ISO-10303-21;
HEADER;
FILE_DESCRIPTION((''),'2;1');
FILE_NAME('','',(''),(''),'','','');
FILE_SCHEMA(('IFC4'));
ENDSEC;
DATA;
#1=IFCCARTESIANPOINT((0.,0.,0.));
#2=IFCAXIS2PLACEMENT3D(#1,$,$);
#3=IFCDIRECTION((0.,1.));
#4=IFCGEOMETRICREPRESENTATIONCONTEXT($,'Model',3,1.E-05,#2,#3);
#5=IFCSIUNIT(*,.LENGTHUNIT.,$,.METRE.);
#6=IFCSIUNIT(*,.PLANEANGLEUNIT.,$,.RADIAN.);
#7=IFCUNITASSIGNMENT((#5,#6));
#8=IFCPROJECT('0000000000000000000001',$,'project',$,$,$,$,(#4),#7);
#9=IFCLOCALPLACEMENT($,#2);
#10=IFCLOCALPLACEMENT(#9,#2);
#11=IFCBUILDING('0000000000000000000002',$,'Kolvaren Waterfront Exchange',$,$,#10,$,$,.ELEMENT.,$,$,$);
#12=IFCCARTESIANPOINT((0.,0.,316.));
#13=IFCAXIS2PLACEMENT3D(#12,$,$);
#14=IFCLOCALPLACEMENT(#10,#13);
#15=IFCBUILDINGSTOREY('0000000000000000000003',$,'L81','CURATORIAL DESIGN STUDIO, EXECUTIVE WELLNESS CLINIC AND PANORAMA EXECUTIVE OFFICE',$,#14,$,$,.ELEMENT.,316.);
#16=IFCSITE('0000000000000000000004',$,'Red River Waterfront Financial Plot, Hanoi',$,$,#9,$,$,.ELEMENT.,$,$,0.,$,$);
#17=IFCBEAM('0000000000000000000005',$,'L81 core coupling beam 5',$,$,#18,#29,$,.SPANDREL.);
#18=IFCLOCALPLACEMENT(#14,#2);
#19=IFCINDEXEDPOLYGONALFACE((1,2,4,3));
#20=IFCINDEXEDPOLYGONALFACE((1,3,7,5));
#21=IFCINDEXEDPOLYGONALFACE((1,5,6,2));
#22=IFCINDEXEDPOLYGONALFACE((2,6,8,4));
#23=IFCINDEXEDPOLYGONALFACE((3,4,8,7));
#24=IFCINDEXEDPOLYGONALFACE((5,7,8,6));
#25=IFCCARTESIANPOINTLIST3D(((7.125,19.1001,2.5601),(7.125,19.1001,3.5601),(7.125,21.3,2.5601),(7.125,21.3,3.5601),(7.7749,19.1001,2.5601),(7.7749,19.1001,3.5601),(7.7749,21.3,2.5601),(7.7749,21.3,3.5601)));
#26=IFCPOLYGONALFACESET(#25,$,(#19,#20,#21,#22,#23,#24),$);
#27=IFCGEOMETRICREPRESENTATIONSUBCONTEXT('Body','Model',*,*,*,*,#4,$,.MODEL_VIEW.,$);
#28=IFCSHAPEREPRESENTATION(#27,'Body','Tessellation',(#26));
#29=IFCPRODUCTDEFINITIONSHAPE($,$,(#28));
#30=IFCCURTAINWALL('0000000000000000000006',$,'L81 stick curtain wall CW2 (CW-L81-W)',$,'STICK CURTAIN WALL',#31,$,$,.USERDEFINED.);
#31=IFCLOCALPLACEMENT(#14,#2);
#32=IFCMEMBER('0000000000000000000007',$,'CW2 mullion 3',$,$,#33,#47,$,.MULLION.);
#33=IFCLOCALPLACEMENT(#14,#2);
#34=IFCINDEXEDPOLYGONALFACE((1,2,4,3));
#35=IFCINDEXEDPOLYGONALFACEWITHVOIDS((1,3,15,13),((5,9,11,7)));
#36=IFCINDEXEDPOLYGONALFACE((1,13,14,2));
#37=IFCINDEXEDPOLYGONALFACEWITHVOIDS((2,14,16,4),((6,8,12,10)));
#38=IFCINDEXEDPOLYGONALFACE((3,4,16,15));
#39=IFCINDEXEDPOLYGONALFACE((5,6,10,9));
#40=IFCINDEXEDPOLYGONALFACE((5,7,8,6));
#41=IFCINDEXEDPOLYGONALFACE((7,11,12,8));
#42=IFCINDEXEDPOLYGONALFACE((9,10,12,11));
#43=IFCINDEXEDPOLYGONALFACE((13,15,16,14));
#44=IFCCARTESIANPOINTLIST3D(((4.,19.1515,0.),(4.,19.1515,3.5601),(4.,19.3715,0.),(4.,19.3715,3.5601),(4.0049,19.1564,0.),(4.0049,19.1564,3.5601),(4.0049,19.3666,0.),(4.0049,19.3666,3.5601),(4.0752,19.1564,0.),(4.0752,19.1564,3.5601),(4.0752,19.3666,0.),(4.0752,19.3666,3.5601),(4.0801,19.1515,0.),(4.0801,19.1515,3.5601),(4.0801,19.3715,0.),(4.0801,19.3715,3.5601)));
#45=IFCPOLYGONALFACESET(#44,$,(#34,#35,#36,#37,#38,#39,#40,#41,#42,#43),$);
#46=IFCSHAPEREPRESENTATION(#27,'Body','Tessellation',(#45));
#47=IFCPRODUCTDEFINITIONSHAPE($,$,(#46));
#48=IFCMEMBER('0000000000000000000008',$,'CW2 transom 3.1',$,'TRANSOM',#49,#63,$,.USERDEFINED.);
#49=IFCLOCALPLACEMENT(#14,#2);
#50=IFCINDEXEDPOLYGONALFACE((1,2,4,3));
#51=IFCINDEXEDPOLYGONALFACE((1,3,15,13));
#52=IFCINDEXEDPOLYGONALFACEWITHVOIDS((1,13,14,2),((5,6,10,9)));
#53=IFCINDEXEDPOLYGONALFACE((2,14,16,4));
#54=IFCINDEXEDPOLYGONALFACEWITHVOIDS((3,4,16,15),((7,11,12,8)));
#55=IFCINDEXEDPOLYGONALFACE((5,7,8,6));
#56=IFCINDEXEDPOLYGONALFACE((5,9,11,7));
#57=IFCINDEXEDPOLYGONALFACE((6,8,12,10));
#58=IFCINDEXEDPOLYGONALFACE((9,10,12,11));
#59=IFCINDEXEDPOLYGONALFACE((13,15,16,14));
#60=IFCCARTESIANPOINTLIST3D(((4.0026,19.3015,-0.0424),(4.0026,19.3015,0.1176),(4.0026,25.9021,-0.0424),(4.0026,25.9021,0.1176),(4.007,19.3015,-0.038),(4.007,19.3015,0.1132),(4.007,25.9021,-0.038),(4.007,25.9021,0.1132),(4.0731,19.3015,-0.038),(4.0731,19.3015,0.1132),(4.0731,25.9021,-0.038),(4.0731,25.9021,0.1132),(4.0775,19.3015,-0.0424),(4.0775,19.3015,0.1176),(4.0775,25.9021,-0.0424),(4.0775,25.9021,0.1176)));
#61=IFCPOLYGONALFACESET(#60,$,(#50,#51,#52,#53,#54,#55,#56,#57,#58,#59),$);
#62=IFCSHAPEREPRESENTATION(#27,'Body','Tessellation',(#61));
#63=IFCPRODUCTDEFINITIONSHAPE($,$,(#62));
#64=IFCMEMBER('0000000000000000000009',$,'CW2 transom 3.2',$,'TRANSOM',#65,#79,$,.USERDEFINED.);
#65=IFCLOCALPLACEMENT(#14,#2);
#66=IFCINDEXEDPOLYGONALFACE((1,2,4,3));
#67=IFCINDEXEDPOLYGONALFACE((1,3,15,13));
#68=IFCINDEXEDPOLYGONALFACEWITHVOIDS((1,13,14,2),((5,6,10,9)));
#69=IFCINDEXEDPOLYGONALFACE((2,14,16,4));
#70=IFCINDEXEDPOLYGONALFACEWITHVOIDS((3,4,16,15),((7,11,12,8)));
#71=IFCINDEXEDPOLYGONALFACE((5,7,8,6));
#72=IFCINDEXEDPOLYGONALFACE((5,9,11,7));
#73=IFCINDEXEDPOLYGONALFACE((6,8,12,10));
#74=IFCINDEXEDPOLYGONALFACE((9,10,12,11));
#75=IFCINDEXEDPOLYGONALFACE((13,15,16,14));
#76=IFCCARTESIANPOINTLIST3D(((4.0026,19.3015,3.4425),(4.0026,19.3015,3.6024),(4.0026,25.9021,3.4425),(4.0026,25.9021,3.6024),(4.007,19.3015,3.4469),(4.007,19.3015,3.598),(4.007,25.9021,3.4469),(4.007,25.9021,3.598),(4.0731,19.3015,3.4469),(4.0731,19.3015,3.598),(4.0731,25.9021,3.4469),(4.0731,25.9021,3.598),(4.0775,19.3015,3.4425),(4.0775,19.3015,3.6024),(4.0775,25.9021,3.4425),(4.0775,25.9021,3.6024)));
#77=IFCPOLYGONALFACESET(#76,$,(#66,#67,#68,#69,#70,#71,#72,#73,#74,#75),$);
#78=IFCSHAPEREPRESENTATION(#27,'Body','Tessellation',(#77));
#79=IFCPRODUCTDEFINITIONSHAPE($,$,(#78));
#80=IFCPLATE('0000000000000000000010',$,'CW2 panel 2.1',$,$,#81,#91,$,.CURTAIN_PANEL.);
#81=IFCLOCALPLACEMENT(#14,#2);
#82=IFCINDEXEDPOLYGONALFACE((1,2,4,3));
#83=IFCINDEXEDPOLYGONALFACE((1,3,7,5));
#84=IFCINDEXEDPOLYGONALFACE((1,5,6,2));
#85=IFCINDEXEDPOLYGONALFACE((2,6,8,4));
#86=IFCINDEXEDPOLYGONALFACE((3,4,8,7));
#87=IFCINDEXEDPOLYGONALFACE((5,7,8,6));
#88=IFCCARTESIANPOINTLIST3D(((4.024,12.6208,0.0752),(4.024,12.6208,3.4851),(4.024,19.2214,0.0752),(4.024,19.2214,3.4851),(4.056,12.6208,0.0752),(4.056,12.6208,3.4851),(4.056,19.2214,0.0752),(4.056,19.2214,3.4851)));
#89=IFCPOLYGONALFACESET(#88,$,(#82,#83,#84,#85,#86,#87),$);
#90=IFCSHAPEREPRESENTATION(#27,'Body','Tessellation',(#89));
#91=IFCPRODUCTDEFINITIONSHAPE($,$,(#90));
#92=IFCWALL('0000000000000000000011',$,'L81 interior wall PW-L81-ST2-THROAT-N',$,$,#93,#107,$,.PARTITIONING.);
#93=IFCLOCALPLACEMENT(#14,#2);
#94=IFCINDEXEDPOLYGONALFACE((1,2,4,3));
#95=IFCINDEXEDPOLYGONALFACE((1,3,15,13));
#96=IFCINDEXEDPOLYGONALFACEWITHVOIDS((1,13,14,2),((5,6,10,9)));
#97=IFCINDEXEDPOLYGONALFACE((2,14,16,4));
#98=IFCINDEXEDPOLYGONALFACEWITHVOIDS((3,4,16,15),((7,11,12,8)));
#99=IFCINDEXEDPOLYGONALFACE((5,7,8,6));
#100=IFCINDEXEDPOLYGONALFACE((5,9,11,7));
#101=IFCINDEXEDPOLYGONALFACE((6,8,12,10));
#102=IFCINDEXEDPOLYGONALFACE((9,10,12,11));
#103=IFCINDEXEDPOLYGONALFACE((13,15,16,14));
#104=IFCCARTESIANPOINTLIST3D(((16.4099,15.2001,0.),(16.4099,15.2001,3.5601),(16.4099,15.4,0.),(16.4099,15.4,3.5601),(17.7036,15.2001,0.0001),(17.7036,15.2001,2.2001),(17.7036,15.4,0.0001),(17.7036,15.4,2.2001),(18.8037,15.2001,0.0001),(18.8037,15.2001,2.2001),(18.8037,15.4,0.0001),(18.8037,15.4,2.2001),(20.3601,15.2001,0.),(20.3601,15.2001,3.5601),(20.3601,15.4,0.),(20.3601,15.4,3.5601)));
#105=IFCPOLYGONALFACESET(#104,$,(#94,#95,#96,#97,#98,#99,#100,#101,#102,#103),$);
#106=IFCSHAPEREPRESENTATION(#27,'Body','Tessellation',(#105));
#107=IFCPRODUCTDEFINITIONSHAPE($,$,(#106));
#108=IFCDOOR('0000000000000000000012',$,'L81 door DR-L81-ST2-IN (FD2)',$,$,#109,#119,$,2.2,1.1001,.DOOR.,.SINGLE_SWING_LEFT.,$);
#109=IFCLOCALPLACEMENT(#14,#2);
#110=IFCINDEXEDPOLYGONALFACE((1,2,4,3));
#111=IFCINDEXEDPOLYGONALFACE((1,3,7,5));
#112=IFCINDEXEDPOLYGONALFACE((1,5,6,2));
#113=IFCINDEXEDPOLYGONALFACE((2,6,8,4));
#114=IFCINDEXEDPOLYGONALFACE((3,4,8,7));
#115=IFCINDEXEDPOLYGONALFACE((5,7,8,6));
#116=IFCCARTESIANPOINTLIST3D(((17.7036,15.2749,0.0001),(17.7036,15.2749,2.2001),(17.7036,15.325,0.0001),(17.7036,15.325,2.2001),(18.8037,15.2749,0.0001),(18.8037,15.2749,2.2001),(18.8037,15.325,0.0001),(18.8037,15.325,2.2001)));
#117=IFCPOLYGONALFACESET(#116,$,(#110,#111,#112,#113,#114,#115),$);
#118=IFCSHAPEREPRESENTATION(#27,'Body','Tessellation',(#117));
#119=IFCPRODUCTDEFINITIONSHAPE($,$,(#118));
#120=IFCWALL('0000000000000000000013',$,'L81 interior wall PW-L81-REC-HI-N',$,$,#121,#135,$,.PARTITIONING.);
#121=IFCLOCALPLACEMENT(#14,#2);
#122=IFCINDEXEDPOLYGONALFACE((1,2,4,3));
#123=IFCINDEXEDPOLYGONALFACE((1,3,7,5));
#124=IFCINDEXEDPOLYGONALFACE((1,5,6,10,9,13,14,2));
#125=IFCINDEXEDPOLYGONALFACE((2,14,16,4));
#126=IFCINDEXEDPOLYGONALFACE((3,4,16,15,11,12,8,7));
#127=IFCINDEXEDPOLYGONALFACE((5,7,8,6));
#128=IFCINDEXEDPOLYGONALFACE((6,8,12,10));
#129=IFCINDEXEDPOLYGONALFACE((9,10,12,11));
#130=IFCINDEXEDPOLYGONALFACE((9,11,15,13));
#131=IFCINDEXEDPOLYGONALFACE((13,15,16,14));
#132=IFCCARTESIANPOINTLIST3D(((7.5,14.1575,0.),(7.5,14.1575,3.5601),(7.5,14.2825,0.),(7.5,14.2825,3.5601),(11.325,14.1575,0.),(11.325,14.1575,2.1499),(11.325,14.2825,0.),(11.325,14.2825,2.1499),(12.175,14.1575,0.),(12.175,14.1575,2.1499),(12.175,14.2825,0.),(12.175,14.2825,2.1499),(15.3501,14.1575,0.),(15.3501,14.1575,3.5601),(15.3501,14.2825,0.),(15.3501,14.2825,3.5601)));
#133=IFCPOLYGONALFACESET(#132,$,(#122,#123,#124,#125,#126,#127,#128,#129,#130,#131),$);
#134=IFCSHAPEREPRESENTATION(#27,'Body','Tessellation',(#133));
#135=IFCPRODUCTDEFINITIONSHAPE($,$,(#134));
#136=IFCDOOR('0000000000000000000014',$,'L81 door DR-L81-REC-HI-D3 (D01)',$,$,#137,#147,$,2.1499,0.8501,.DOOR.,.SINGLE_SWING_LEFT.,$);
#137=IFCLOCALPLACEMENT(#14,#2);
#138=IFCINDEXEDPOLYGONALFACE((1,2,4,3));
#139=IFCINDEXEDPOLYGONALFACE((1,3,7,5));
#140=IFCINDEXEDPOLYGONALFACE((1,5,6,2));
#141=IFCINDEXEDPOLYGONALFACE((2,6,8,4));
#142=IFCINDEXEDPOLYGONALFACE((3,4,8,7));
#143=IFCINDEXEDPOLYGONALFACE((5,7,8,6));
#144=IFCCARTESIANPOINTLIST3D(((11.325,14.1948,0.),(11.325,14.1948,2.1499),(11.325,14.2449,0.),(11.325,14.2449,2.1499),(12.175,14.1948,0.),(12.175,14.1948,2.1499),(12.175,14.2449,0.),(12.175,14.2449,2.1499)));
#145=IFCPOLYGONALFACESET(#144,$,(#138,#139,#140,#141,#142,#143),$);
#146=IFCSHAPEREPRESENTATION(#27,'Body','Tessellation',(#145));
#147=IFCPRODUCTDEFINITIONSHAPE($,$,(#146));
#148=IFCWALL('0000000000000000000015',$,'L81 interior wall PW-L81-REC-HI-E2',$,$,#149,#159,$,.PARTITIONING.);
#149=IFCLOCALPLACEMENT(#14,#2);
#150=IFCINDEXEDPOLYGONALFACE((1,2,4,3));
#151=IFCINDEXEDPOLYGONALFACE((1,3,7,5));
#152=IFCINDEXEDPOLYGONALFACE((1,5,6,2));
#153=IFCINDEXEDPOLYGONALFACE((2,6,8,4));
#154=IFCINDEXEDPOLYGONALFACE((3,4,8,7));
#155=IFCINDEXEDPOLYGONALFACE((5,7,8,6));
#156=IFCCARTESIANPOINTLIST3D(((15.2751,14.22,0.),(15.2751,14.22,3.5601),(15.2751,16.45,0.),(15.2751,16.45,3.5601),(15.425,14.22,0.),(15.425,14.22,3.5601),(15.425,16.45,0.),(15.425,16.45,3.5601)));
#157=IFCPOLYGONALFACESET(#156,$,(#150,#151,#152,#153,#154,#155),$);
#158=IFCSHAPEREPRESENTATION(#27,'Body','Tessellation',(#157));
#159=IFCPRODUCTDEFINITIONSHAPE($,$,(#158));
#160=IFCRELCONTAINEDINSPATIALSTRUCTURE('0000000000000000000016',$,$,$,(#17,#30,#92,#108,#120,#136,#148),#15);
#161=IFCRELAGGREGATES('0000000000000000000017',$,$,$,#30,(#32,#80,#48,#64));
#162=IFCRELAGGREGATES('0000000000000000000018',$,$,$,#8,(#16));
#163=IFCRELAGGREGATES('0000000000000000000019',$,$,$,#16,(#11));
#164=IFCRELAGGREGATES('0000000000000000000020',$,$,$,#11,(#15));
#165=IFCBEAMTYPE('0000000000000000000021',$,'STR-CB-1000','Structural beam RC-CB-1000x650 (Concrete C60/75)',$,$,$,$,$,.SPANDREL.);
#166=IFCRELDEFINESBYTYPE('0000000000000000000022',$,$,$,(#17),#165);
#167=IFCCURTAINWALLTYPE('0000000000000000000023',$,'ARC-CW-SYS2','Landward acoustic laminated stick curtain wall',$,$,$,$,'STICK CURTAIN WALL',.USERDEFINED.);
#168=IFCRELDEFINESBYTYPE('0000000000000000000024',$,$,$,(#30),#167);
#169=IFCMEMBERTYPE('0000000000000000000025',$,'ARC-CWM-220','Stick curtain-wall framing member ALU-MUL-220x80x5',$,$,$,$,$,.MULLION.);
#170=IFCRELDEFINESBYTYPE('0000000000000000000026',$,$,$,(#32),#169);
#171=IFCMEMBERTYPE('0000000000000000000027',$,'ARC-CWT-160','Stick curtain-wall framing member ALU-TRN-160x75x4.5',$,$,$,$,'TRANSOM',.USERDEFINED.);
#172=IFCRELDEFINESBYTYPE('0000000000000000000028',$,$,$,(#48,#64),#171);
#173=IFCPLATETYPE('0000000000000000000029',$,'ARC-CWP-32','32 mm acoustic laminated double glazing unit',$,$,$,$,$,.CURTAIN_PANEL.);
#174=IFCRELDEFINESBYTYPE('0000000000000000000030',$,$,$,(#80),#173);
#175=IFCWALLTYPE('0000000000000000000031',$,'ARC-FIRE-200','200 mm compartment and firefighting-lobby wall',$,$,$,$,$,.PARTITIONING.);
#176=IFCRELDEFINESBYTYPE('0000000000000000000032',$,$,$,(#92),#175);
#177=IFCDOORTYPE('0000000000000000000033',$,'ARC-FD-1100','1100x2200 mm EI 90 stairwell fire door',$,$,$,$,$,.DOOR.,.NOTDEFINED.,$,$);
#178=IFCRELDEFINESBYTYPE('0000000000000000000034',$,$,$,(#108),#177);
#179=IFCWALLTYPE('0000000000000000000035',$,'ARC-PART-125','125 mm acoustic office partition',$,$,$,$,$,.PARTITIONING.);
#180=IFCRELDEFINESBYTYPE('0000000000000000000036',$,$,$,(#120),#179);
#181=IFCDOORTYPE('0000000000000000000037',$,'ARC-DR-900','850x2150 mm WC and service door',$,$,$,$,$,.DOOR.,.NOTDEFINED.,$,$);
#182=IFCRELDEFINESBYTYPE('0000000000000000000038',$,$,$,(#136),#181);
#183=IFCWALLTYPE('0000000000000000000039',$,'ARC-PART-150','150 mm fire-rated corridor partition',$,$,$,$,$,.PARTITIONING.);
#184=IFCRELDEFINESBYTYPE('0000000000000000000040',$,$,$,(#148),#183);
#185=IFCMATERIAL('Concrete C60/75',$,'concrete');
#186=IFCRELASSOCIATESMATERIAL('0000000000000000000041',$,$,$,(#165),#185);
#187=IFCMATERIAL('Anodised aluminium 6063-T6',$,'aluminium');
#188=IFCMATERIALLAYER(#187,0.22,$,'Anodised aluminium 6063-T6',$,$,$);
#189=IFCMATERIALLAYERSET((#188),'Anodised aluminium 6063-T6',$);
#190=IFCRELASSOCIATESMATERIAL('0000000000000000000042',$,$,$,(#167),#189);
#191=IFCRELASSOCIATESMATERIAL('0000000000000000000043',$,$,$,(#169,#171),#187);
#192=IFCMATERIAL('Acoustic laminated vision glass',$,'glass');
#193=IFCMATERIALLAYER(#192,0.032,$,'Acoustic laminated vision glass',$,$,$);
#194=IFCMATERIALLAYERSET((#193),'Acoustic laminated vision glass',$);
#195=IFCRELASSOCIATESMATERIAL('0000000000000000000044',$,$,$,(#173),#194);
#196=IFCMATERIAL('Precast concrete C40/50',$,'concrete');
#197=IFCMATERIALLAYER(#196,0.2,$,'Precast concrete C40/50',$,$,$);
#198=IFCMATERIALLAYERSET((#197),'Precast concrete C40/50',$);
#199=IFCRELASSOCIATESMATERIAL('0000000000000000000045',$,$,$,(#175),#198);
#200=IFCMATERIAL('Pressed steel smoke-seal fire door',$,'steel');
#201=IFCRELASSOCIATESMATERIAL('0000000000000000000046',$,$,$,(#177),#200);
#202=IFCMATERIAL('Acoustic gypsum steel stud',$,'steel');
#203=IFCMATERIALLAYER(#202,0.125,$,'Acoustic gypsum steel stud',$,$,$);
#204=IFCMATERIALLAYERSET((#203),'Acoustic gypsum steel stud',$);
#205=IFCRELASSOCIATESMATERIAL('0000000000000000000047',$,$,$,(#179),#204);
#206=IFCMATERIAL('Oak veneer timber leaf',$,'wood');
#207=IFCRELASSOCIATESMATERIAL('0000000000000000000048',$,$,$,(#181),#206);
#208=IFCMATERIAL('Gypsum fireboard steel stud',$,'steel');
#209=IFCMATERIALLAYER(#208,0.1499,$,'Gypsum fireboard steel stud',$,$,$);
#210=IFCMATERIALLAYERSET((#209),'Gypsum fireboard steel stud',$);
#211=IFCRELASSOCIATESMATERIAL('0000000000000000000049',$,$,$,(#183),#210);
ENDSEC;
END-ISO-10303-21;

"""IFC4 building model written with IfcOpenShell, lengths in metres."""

from ifc_helpers import new_model, si_unit, direction, frame, frame_2d, origin, origin_with_axes, origin_2d, place, context, subcontext, project, spatial, rectangle, hollow_rectangle, extrude, source, transform, mapped, material, layer, layer_set, material_profile, profile_set, type_object, element, fill, aggregate, save


model = new_model("IFC4")

# Units and contexts
model_context = context("Model", 3, precision=1e-05, world=origin(), true_north=direction((0.0, 1.0)))
body_context = subcontext(model_context, "Body", "Model", "MODEL_VIEW")
ifc_project = project(units=[si_unit("LENGTHUNIT", "METRE"), si_unit("PLANEANGLEUNIT", "RADIAN")], contexts=[model_context])

# Site, building, storey
site_placement = place(None, origin())
site = spatial("IfcSite", under=ifc_project, at=site_placement, Name="Red River Waterfront Financial Plot, Hanoi", CompositionType="ELEMENT", RefElevation=0.0)
building_placement = place(site_placement, origin())
building = spatial("IfcBuilding", under=site, at=building_placement, Name="Kolvaren Waterfront Exchange", CompositionType="ELEMENT")
storey_placement = place(building_placement, frame((0.0, 0.0, 316.0)))
storey = spatial("IfcBuildingStorey", under=building, at=storey_placement, Name="L81", Description="CURATORIAL DESIGN STUDIO, EXECUTIVE WELLNESS CLINIC AND PANORAMA EXECUTIVE OFFICE", CompositionType="ELEMENT", Elevation=316.0)

# Beam
ifc_material_1 = material(Name="Concrete C60/75", Category="concrete")
ifc_material_profile_1 = material_profile(ifc_material_1, rectangle(XDim=0.6499, YDim=1.0, at=origin_2d()), Name="RC-CB-1000x650")
ifc_profile_set_1 = profile_set([ifc_material_profile_1], Name="Concrete C60/75")
beam_type = type_object("IfcBeamType", Name="STR-CB-1000", Description="Structural beam RC-CB-1000x650 (Concrete C60/75)", PredefinedType="SPANDREL", material=ifc_profile_set_1)
beam_placement = place(storey_placement, frame((7.45, 19.1001, 3.0601), z_axis=(0.0, 1.0, 0.0), x_axis=(-1.0, 0.0, 0.0)))
element("IfcBeam", 1, at=beam_placement, inside=storey, type_object=beam_type, Name="L81 core coupling beam 5", PredefinedType="SPANDREL", context=body_context, shape_type="SweptSolid", body=[
    extrude(rectangle(XDim=0.6499, YDim=1.0, at=origin_2d()), origin(), (0.0, 0.0, 1.0), 2.2),
])

# Curtain wall, members, plate
ifc_material_2 = material(Name="Anodised aluminium 6063-T6", Category="aluminium")
ifc_layer_1 = layer(ifc_material_2, 0.22, Name="Anodised aluminium 6063-T6")
ifc_layer_set_1 = layer_set([ifc_layer_1], Name="Anodised aluminium 6063-T6")
curtain_wall_type = type_object("IfcCurtainWallType", Name="ARC-CW-SYS2", Description="Landward acoustic laminated stick curtain wall", ElementType="STICK CURTAIN WALL", PredefinedType="USERDEFINED", material=ifc_layer_set_1)
curtain_wall_placement = place(storey_placement, origin())
curtain_wall = element("IfcCurtainWall", 2, at=curtain_wall_placement, inside=storey, type_object=curtain_wall_type, Name="L81 stick curtain wall CW2 (CW-L81-W)", ObjectType="STICK CURTAIN WALL", PredefinedType="USERDEFINED")
ifc_material_profile_2 = material_profile(ifc_material_2, hollow_rectangle(XDim=0.0801, YDim=0.22, WallThickness=0.0049, at=origin_2d()), Name="ALU-MUL-220x80x5")
ifc_profile_set_2 = profile_set([ifc_material_profile_2], Name="Anodised aluminium 6063-T6")
member_type_1 = type_object("IfcMemberType", Name="ARC-CWM-220", Description="Stick curtain-wall framing member ALU-MUL-220x80x5", PredefinedType="MULLION", material=ifc_profile_set_2)
shared_shape_1 = source(origin_with_axes(), body_context, "Body", "SweptSolid", [
    extrude(hollow_rectangle(XDim=0.0801, YDim=0.22, WallThickness=0.0049, at=origin_2d()), origin(), (0.0, 0.0, 1.0), 3.5601),
])
member_1_placement = place(storey_placement, frame((4.04, 19.2615, 0.0), z_axis=(0.0, 0.0, 1.0), x_axis=(-1.0, 0.0, 0.0)))
member_1 = element("IfcMember", 3, at=member_1_placement, type_object=member_type_1, Name="CW2 mullion 3", PredefinedType="MULLION", context=body_context, shape_type="MappedRepresentation", body=[
    mapped(shared_shape_1, transform((0.0, 0.0, 0.0), x_axis=(1.0, 0.0, 0.0), y_axis=(0.0, 1.0, 0.0), z_axis=(0.0, 0.0, 1.0), scale=1.0)),
])
ifc_material_profile_3 = material_profile(ifc_material_2, hollow_rectangle(XDim=0.075, YDim=0.1599, WallThickness=0.0044, at=origin_2d()), Name="ALU-TRN-160x75x4.5")
ifc_profile_set_3 = profile_set([ifc_material_profile_3], Name="Anodised aluminium 6063-T6")
member_type_2 = type_object("IfcMemberType", Name="ARC-CWT-160", Description="Stick curtain-wall framing member ALU-TRN-160x75x4.5", ElementType="TRANSOM", PredefinedType="USERDEFINED", material=ifc_profile_set_3)
shared_shape_2 = source(origin_with_axes(), body_context, "Body", "SweptSolid", [
    extrude(hollow_rectangle(XDim=0.075, YDim=0.1599, WallThickness=0.0044, at=origin_2d()), origin(), (0.0, 0.0, 1.0), 6.6006),
])
member_2_placement = place(storey_placement, frame((4.04, 19.3015, 0.0376), z_axis=(0.0, 1.0, 0.0), x_axis=(-1.0, 0.0, 0.0)))
member_2 = element("IfcMember", 4, at=member_2_placement, type_object=member_type_2, Name="CW2 transom 3.1", ObjectType="TRANSOM", PredefinedType="USERDEFINED", context=body_context, shape_type="MappedRepresentation", body=[
    mapped(shared_shape_2, transform((0.0, 0.0, 0.0), x_axis=(1.0, 0.0, 0.0), y_axis=(0.0, 1.0, 0.0), z_axis=(0.0, 0.0, 1.0), scale=1.0)),
])
member_3_placement = place(storey_placement, frame((4.04, 19.3015, 3.5225), z_axis=(0.0, 1.0, 0.0), x_axis=(-1.0, 0.0, 0.0)))
member_3 = element("IfcMember", 5, at=member_3_placement, type_object=member_type_2, Name="CW2 transom 3.2", ObjectType="TRANSOM", PredefinedType="USERDEFINED", context=body_context, shape_type="MappedRepresentation", body=[
    mapped(shared_shape_2, transform((0.0, 0.0, 0.0), x_axis=(1.0, 0.0, 0.0), y_axis=(0.0, 1.0, 0.0), z_axis=(0.0, 0.0, 1.0), scale=1.0)),
])
ifc_material_3 = material(Name="Acoustic laminated vision glass", Category="glass")
ifc_layer_2 = layer(ifc_material_3, 0.032, Name="Acoustic laminated vision glass")
ifc_layer_set_2 = layer_set([ifc_layer_2], Name="Acoustic laminated vision glass")
plate_type = type_object("IfcPlateType", Name="ARC-CWP-32", Description="32 mm acoustic laminated double glazing unit", PredefinedType="CURTAIN_PANEL", material=ifc_layer_set_2)
shared_shape_3 = source(origin_with_axes(), body_context, "Body", "SweptSolid", [
    extrude(rectangle(XDim=6.6006, YDim=0.032, at=origin_2d()), origin(), (0.0, 0.0, 1.0), 3.4099),
])
plate_placement = place(storey_placement, frame((4.04, 15.9211, 0.0752), z_axis=(0.0, 0.0, 1.0), x_axis=(0.0, 1.0, 0.0)))
plate = element("IfcPlate", 6, at=plate_placement, type_object=plate_type, Name="CW2 panel 2.1", PredefinedType="CURTAIN_PANEL", context=body_context, shape_type="MappedRepresentation", body=[
    mapped(shared_shape_3, transform((0.0, 0.0, 0.0), x_axis=(1.0, 0.0, 0.0), y_axis=(0.0, 1.0, 0.0), z_axis=(0.0, 0.0, 1.0), scale=1.0)),
])
aggregate(curtain_wall, [member_1, plate, member_2, member_3])

# Walls, openings, doors
ifc_material_4 = material(Name="Precast concrete C40/50", Category="concrete")
ifc_layer_3 = layer(ifc_material_4, 0.2, Name="Precast concrete C40/50")
ifc_layer_set_3 = layer_set([ifc_layer_3], Name="Precast concrete C40/50")
wall_type_1 = type_object("IfcWallType", Name="ARC-FIRE-200", Description="200 mm compartment and firefighting-lobby wall", PredefinedType="PARTITIONING", material=ifc_layer_set_3)
wall_1_placement = place(storey_placement, frame((16.4099, 15.3, 0.0), z_axis=(0.0, 0.0, 1.0), x_axis=(1.0, 0.0, 0.0)))
wall_1 = element("IfcWall", 7, at=wall_1_placement, inside=storey, type_object=wall_type_1, Name="L81 interior wall PW-L81-ST2-THROAT-N", PredefinedType="PARTITIONING", context=body_context, shape_type="SweptSolid", body=[
    extrude(rectangle(XDim=3.9502, YDim=0.2, at=frame_2d((1.9751, 0.0))), origin(), (0.0, 0.0, 1.0), 3.5601),
])
opening_1_placement = place(wall_1_placement, frame((1.2937, 0.0, 0.0)))
opening_1 = element("IfcOpeningElement", 8, at=opening_1_placement, cuts=wall_1, PredefinedType="OPENING", context=body_context, shape_type="SweptSolid", body=[
    extrude(rectangle(XDim=1.1001, YDim=2.2, at=frame_2d((0.55, 1.1001))), frame((0.0, 0.1099, 0.0), z_axis=(0.0, -1.0, 0.0), x_axis=(1.0, 0.0, 0.0)), (0.0, 0.0, 1.0), 0.22),
])
ifc_material_5 = material(Name="Pressed steel smoke-seal fire door", Category="steel")
door_type_1 = type_object("IfcDoorType", Name="ARC-FD-1100", Description="1100x2200 mm EI 90 stairwell fire door", OperationType="NOTDEFINED", PredefinedType="DOOR", material=ifc_material_5)
door_1_placement = place(opening_1_placement, origin())
door_1 = element("IfcDoor", 9, at=door_1_placement, inside=storey, type_object=door_type_1, Name="L81 door DR-L81-ST2-IN (FD2)", OperationType="SINGLE_SWING_LEFT", OverallHeight=2.2, OverallWidth=1.1001, PredefinedType="DOOR", context=body_context, shape_type="SweptSolid", body=[
    extrude(rectangle(XDim=1.1001, YDim=2.2, at=frame_2d((0.55, 1.1001))), frame((0.0, 0.0249, 0.0), z_axis=(0.0, -1.0, 0.0), x_axis=(1.0, 0.0, 0.0)), (0.0, 0.0, 1.0), 0.05),
])
fill(opening_1, door_1)
ifc_material_6 = material(Name="Acoustic gypsum steel stud", Category="steel")
ifc_layer_4 = layer(ifc_material_6, 0.125, Name="Acoustic gypsum steel stud")
ifc_layer_set_4 = layer_set([ifc_layer_4], Name="Acoustic gypsum steel stud")
wall_type_2 = type_object("IfcWallType", Name="ARC-PART-125", Description="125 mm acoustic office partition", PredefinedType="PARTITIONING", material=ifc_layer_set_4)
wall_2_placement = place(storey_placement, frame((7.5, 14.22, 0.0), z_axis=(0.0, 0.0, 1.0), x_axis=(1.0, 0.0, 0.0)))
wall_2 = element("IfcWall", 10, at=wall_2_placement, inside=storey, type_object=wall_type_2, Name="L81 interior wall PW-L81-REC-HI-N", PredefinedType="PARTITIONING", context=body_context, shape_type="SweptSolid", body=[
    extrude(rectangle(XDim=7.8501, YDim=0.125, at=frame_2d((3.925, 0.0))), origin(), (0.0, 0.0, 1.0), 3.5601),
])
opening_2_placement = place(wall_2_placement, frame((3.825, 0.0, 0.0)))
opening_2 = element("IfcOpeningElement", 11, at=opening_2_placement, cuts=wall_2, PredefinedType="OPENING", context=body_context, shape_type="SweptSolid", body=[
    extrude(rectangle(XDim=0.8501, YDim=2.1499, at=frame_2d((0.425, 1.075))), frame((0.0, 0.0725, 0.0), z_axis=(0.0, -1.0, 0.0), x_axis=(1.0, 0.0, 0.0)), (0.0, 0.0, 1.0), 0.145),
])
ifc_material_7 = material(Name="Oak veneer timber leaf", Category="wood")
door_type_2 = type_object("IfcDoorType", Name="ARC-DR-900", Description="850x2150 mm WC and service door", OperationType="NOTDEFINED", PredefinedType="DOOR", material=ifc_material_7)
door_2_placement = place(opening_2_placement, origin())
door_2 = element("IfcDoor", 12, at=door_2_placement, inside=storey, type_object=door_type_2, Name="L81 door DR-L81-REC-HI-D3 (D01)", OperationType="SINGLE_SWING_LEFT", OverallHeight=2.1499, OverallWidth=0.8501, PredefinedType="DOOR", context=body_context, shape_type="SweptSolid", body=[
    extrude(rectangle(XDim=0.8501, YDim=2.1499, at=frame_2d((0.425, 1.075))), frame((0.0, 0.0249, 0.0), z_axis=(0.0, -1.0, 0.0), x_axis=(1.0, 0.0, 0.0)), (0.0, 0.0, 1.0), 0.05),
])
fill(opening_2, door_2)

# Wall
ifc_material_8 = material(Name="Gypsum fireboard steel stud", Category="steel")
ifc_layer_5 = layer(ifc_material_8, 0.1499, Name="Gypsum fireboard steel stud")
ifc_layer_set_5 = layer_set([ifc_layer_5], Name="Gypsum fireboard steel stud")
wall_type_3 = type_object("IfcWallType", Name="ARC-PART-150", Description="150 mm fire-rated corridor partition", PredefinedType="PARTITIONING", material=ifc_layer_set_5)
wall_3_placement = place(storey_placement, frame((15.3501, 14.22, 0.0), z_axis=(0.0, 0.0, 1.0), x_axis=(0.0, 1.0, 0.0)))
element("IfcWall", 13, at=wall_3_placement, inside=storey, type_object=wall_type_3, Name="L81 interior wall PW-L81-REC-HI-E2", PredefinedType="PARTITIONING", context=body_context, shape_type="SweptSolid", body=[
    extrude(rectangle(XDim=2.23, YDim=0.1499, at=frame_2d((1.115, 0.0))), origin(), (0.0, 0.0, 1.0), 3.5601),
])

save(model, "model.ifc")
